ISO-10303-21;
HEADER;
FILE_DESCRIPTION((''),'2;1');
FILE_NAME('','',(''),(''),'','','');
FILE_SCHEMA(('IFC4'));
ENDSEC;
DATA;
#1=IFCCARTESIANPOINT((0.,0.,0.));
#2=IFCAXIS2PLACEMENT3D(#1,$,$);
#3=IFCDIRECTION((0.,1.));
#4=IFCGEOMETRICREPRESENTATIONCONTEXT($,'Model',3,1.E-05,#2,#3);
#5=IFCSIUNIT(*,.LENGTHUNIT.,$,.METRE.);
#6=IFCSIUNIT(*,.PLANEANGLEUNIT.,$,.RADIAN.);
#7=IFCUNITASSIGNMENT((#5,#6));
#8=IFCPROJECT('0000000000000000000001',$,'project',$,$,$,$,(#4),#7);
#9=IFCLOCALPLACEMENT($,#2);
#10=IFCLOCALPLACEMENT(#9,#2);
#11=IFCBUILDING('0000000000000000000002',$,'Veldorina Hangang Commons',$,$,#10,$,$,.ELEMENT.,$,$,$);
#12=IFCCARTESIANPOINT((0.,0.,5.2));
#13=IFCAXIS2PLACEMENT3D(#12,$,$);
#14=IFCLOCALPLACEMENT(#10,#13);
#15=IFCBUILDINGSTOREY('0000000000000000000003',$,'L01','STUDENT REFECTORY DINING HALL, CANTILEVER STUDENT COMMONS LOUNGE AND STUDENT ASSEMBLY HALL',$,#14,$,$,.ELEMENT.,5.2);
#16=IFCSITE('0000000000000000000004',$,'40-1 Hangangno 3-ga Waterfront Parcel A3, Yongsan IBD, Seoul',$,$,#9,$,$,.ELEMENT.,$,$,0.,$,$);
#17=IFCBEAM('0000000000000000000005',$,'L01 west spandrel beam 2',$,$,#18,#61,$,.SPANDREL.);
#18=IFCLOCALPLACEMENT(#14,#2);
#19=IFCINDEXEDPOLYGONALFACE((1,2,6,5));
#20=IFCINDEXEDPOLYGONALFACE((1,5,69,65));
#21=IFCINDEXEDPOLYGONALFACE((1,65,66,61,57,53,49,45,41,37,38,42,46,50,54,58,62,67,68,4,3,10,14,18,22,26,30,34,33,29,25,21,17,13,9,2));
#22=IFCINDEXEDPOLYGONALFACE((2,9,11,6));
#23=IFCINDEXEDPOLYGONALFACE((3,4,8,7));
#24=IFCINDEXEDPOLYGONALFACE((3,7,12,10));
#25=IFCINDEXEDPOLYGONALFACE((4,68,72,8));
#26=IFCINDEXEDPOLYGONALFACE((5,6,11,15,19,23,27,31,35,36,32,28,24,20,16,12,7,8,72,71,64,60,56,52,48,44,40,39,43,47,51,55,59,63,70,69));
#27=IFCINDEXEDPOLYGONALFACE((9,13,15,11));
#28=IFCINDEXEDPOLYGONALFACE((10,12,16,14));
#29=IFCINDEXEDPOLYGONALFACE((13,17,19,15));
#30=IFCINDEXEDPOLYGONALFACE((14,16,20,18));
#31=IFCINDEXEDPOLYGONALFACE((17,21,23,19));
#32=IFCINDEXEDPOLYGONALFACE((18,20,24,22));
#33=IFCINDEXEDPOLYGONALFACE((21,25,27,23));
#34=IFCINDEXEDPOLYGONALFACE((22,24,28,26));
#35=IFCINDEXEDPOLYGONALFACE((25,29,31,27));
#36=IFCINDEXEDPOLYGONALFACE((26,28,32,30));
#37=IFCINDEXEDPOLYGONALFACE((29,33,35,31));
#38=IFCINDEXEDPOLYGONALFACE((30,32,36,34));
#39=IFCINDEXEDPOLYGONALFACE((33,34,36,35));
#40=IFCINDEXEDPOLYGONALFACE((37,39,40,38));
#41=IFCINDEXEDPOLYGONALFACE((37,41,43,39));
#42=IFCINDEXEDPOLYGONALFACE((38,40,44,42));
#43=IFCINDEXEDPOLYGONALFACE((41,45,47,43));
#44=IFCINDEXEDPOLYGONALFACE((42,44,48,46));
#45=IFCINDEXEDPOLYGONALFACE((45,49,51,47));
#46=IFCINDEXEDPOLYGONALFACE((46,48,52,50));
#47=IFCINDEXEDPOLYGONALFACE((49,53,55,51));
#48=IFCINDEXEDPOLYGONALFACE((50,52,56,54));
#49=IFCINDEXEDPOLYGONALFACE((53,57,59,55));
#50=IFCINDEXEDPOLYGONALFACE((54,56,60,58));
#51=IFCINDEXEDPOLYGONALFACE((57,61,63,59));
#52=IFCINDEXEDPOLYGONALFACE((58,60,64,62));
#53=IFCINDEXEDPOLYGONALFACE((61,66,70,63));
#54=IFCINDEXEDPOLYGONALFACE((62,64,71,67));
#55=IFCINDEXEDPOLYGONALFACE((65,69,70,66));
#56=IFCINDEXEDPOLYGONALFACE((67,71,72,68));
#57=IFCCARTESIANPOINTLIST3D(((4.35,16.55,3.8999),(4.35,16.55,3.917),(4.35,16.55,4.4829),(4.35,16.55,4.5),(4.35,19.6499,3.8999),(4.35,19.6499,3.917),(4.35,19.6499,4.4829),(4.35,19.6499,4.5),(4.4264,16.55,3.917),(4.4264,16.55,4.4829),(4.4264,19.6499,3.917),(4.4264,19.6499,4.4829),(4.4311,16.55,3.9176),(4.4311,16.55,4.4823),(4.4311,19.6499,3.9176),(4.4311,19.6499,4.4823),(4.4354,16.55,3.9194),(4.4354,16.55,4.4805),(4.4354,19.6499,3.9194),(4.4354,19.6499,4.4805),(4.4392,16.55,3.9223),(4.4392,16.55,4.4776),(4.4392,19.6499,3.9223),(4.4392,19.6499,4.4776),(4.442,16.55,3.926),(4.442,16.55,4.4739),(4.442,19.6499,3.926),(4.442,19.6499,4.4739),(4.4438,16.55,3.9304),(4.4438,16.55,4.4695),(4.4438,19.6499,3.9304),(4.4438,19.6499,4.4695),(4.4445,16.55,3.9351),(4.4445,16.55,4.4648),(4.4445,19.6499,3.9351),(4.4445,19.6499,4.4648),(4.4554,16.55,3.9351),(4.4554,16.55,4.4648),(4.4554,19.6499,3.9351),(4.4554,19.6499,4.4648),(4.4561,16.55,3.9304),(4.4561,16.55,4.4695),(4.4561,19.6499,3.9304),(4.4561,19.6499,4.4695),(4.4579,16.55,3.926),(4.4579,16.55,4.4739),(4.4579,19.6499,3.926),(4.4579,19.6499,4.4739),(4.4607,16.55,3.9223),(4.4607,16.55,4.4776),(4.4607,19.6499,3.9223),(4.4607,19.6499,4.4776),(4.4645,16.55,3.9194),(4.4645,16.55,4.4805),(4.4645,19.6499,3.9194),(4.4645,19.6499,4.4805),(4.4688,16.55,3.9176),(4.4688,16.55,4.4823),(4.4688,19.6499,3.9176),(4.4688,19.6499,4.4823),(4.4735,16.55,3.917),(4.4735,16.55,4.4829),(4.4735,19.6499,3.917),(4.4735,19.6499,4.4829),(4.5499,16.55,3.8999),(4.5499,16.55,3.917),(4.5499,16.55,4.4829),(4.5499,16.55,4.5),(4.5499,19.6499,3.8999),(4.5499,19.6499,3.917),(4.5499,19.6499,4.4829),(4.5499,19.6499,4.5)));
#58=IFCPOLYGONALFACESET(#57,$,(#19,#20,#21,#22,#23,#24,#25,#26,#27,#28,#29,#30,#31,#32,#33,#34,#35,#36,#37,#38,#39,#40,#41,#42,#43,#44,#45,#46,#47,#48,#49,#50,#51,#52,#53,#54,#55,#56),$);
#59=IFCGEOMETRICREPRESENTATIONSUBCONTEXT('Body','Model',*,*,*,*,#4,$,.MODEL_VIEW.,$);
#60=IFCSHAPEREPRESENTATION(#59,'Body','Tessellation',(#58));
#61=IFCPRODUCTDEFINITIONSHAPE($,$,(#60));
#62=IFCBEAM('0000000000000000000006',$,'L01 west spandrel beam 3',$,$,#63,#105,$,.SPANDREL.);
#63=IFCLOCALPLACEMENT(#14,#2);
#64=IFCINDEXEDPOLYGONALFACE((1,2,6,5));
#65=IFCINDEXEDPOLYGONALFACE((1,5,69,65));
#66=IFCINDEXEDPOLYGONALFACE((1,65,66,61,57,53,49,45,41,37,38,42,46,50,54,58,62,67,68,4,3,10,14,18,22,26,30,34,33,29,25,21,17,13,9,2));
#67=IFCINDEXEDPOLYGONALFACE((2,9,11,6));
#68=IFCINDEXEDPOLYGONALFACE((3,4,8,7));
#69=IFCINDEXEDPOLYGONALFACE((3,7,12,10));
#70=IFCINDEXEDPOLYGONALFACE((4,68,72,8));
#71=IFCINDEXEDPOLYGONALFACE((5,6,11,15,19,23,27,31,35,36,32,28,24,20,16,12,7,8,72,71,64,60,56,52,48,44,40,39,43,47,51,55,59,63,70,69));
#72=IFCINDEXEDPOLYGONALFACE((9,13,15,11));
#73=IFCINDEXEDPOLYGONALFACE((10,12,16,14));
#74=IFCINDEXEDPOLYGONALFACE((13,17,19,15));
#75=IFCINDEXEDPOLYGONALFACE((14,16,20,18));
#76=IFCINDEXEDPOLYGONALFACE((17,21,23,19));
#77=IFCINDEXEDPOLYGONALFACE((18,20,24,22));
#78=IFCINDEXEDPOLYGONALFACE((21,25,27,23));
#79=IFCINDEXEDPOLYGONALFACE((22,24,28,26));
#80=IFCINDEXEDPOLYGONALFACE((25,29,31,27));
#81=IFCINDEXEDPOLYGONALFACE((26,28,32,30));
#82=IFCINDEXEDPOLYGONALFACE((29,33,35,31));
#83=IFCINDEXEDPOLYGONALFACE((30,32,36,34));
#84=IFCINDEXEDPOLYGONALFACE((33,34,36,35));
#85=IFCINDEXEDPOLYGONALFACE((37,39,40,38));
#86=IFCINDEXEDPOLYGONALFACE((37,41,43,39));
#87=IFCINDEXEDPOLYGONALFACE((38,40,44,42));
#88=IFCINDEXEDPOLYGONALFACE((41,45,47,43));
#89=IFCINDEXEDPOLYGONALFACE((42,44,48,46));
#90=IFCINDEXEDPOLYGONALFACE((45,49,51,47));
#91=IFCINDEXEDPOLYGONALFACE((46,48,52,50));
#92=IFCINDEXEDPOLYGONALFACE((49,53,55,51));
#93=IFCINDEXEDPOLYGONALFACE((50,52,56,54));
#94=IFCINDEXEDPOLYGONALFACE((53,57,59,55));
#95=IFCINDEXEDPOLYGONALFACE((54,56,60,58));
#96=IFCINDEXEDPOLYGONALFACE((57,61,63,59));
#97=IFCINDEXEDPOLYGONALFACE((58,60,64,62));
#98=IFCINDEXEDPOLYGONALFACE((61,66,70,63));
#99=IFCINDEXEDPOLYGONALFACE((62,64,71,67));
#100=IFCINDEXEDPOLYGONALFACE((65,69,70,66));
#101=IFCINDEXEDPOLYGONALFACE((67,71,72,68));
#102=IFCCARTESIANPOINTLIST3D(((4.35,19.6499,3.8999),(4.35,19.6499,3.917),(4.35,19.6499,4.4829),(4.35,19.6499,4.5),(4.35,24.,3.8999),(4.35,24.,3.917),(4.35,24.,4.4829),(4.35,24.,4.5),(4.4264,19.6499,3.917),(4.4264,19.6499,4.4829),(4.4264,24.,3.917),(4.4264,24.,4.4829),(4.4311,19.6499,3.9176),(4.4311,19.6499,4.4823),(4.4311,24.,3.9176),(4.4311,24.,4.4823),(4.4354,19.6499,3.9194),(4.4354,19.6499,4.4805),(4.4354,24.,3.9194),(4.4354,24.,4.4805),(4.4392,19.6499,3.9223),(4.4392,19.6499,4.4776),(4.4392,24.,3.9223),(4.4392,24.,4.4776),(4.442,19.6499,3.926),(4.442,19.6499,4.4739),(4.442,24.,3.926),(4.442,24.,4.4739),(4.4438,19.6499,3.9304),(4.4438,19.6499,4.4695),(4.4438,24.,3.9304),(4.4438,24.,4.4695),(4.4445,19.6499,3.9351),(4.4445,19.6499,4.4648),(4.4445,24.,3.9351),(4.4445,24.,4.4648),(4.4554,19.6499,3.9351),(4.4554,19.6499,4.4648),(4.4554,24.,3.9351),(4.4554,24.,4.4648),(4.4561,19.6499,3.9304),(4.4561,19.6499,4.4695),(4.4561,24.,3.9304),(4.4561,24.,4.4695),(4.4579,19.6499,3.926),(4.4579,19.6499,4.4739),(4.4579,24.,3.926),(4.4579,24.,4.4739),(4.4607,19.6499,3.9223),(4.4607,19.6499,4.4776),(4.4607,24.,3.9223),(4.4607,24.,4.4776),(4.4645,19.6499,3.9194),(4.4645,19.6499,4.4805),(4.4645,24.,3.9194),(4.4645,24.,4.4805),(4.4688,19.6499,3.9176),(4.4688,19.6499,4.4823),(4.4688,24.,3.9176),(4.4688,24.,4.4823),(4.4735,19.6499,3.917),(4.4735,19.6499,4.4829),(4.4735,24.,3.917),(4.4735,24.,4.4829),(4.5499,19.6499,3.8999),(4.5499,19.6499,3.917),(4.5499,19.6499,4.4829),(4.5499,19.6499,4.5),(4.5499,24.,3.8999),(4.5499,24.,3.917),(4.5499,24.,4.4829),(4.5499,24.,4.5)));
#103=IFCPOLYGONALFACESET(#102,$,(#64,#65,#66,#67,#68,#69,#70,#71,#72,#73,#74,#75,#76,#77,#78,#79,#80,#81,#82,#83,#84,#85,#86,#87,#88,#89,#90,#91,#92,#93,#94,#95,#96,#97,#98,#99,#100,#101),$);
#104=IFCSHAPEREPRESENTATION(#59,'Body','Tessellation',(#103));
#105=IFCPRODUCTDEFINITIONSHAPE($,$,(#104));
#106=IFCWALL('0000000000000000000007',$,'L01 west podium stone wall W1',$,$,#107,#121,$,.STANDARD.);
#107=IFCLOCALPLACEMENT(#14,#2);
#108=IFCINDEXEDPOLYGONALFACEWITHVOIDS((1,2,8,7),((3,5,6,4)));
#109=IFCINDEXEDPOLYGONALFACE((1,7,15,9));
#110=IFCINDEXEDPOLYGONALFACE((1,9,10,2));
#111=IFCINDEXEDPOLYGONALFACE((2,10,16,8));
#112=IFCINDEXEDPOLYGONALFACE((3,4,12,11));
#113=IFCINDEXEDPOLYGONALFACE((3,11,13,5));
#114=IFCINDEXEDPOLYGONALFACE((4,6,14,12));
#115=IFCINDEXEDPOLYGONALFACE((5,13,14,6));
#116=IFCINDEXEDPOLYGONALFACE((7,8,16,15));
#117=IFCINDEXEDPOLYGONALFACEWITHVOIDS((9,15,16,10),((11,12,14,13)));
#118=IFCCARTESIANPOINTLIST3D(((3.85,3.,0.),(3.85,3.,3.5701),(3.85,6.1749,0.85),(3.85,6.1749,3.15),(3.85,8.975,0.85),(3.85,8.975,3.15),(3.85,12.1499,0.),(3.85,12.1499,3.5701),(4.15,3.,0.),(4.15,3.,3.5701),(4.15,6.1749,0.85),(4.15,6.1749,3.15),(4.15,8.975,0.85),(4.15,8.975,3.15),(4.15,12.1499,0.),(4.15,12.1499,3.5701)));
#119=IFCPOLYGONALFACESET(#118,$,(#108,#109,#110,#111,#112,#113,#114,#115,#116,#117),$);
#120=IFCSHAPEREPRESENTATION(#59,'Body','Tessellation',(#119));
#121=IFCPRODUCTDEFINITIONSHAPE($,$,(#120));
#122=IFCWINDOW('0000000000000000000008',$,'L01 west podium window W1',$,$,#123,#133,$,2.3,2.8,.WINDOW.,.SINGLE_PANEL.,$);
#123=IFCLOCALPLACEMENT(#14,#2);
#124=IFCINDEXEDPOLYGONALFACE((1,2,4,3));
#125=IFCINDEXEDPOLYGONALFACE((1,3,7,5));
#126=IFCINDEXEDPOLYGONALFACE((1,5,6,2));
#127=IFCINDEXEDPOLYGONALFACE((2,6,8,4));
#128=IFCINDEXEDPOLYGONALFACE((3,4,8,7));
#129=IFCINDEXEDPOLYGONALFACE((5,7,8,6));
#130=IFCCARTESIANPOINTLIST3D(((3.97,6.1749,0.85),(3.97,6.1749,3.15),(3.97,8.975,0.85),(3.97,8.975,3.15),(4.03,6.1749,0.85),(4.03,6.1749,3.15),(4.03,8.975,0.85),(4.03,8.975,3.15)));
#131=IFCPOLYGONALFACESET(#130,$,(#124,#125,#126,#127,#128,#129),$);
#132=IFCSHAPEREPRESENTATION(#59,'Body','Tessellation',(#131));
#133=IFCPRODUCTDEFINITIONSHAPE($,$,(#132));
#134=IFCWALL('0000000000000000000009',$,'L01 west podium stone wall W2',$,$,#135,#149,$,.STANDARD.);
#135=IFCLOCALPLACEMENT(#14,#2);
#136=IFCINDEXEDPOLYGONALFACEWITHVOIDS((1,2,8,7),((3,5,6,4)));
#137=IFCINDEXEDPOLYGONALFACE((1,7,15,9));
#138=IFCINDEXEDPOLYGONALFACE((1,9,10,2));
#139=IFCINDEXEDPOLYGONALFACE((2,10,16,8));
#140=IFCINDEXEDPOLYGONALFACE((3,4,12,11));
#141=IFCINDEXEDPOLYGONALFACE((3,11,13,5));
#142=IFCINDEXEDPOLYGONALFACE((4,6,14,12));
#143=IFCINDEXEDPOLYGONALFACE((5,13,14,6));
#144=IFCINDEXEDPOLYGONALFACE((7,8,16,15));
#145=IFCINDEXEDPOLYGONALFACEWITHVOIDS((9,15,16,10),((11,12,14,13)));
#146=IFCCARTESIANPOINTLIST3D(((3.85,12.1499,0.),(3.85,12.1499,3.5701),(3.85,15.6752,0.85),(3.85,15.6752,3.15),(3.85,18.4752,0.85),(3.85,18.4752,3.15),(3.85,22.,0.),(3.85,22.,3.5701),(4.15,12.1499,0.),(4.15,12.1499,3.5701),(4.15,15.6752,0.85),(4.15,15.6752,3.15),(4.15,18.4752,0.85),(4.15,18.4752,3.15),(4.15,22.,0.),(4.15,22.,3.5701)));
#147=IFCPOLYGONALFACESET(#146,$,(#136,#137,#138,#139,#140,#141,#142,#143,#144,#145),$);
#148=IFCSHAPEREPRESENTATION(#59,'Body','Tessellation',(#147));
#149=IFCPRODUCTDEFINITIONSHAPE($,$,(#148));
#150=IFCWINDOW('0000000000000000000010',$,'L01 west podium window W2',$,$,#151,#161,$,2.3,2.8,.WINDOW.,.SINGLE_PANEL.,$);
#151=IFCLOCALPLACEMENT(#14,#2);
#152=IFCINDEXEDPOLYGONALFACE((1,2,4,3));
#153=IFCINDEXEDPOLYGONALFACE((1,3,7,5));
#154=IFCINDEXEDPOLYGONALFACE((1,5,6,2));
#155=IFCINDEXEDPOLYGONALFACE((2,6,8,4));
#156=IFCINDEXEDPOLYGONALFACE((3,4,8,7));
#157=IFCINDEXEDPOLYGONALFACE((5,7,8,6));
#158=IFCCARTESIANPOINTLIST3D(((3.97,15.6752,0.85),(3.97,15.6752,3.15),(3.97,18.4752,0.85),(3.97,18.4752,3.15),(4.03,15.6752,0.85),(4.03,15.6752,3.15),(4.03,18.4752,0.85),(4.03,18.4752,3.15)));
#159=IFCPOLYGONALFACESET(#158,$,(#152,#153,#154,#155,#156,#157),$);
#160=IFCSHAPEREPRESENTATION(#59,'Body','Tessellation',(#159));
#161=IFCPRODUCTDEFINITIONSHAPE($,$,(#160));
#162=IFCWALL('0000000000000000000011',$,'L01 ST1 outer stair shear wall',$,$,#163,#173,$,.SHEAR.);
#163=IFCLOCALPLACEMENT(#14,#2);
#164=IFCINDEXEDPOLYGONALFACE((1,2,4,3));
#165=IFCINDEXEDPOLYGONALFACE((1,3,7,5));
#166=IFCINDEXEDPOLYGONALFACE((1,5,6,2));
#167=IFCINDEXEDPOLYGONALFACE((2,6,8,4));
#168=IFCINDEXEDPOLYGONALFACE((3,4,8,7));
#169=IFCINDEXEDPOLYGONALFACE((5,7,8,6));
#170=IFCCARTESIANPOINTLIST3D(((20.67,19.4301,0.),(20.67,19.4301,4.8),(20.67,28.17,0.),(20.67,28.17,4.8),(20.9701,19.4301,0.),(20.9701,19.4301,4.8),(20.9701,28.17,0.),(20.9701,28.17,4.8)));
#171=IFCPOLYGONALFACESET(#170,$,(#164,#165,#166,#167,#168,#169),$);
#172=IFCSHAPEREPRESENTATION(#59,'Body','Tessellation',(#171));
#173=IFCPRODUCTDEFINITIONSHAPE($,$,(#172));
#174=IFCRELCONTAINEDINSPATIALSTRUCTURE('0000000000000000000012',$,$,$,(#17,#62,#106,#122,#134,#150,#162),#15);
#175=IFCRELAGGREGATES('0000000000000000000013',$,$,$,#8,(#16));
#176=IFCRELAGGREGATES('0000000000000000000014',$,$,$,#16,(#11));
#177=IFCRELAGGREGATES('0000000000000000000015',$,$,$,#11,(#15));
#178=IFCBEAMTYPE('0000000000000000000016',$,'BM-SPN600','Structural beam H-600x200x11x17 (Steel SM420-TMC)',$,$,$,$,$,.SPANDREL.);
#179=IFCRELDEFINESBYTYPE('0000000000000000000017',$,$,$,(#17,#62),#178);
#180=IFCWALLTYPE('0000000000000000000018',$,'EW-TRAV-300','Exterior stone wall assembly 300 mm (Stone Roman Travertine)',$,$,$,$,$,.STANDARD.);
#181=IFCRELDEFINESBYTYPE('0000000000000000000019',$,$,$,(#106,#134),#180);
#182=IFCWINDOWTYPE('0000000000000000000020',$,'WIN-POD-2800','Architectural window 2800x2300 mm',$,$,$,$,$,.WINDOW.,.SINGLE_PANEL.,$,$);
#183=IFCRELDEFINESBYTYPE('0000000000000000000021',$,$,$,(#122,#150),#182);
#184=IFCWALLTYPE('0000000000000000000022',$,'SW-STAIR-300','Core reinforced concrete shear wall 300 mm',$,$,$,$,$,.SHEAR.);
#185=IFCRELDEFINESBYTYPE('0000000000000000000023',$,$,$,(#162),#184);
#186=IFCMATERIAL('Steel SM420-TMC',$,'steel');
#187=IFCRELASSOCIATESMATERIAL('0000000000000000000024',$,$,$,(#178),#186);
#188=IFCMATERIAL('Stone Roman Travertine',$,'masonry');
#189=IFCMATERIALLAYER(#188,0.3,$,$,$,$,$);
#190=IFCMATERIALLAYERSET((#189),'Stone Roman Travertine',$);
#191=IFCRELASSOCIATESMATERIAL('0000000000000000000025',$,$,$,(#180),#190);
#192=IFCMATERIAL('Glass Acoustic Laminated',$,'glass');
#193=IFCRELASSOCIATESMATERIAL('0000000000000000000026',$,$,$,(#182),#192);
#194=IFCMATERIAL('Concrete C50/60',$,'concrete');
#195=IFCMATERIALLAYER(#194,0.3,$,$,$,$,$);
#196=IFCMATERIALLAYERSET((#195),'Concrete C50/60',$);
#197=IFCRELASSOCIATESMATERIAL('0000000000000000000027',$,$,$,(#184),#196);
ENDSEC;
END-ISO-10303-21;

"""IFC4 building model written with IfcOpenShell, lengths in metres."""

from ifc_helpers import new_model, si_unit, direction, frame, frame_2d, origin, origin_2d, place, context, subcontext, project, spatial, rectangle, i_section, extrude, material, layer, layer_set, material_profile, profile_set, type_object, element, fill, save


model = new_model("IFC4")

# Units and contexts
model_context = context("Model", 3, precision=1e-05, world=origin(), true_north=direction((0.0, 1.0)))
body_context = subcontext(model_context, "Body", "Model", "MODEL_VIEW")
ifc_project = project(units=[si_unit("LENGTHUNIT", "METRE"), si_unit("PLANEANGLEUNIT", "RADIAN")], contexts=[model_context])

# Site, building, storey
site_placement = place(None, origin())
site = spatial("IfcSite", under=ifc_project, at=site_placement, Name="40-1 Hangangno 3-ga Waterfront Parcel A3, Yongsan IBD, Seoul", CompositionType="ELEMENT", RefElevation=0.0)
building_placement = place(site_placement, origin())
building = spatial("IfcBuilding", under=site, at=building_placement, Name="Veldorina Hangang Commons", CompositionType="ELEMENT")
storey_placement = place(building_placement, frame((0.0, 0.0, 5.2)))
storey = spatial("IfcBuildingStorey", under=building, at=storey_placement, Name="L01", Description="STUDENT REFECTORY DINING HALL, CANTILEVER STUDENT COMMONS LOUNGE AND STUDENT ASSEMBLY HALL", CompositionType="ELEMENT", Elevation=5.2)

# Beams
ifc_material_1 = material(Name="Steel SM420-TMC", Category="steel")
ifc_material_profile_1 = material_profile(ifc_material_1, i_section(OverallWidth=0.2, OverallDepth=0.6001, WebThickness=0.011, FlangeThickness=0.0171, FilletRadius=0.0181, at=origin_2d()), Name="H-600x200x11x17")
ifc_profile_set_1 = profile_set([ifc_material_profile_1], Name="Steel SM420-TMC")
beam_type_1 = type_object("IfcBeamType", Name="BM-SPN600", Description="Structural beam H-600x200x11x17 (Steel SM420-TMC)", PredefinedType="SPANDREL", material=ifc_profile_set_1)
beam_1_placement = place(storey_placement, frame((4.45, 16.55, 4.2), z_axis=(0.0, 1.0, 0.0), x_axis=(-1.0, 0.0, 0.0)))
element("IfcBeam", 1, at=beam_1_placement, inside=storey, type_object=beam_type_1, Name="L01 west spandrel beam 2", PredefinedType="SPANDREL", context=body_context, shape_type="SweptSolid", body=[
    extrude(i_section(OverallWidth=0.2, OverallDepth=0.6001, WebThickness=0.011, FlangeThickness=0.0171, FilletRadius=0.0181, at=origin_2d()), origin(), (0.0, 0.0, 1.0), 3.0999),
])
beam_2_placement = place(storey_placement, frame((4.45, 19.6499, 4.2), z_axis=(0.0, 1.0, 0.0), x_axis=(-1.0, 0.0, 0.0)))
element("IfcBeam", 2, at=beam_2_placement, inside=storey, type_object=beam_type_1, Name="L01 west spandrel beam 3", PredefinedType="SPANDREL", context=body_context, shape_type="SweptSolid", body=[
    extrude(i_section(OverallWidth=0.2, OverallDepth=0.6001, WebThickness=0.011, FlangeThickness=0.0171, FilletRadius=0.0181, at=origin_2d()), origin(), (0.0, 0.0, 1.0), 4.3501),
])

# Walls, openings, windows
ifc_material_2 = material(Name="Stone Roman Travertine", Category="masonry")
ifc_layer_1 = layer(ifc_material_2, 0.3)
ifc_layer_set_1 = layer_set([ifc_layer_1], Name="Stone Roman Travertine")
wall_type_1 = type_object("IfcWallType", Name="EW-TRAV-300", Description="Exterior stone wall assembly 300 mm (Stone Roman Travertine)", PredefinedType="STANDARD", material=ifc_layer_set_1)
wall_1_placement = place(storey_placement, frame((4.0, 12.1499, 0.0), z_axis=(0.0, 0.0, 1.0), x_axis=(0.0, -1.0, 0.0)))
wall_1 = element("IfcWall", 3, at=wall_1_placement, inside=storey, type_object=wall_type_1, Name="L01 west podium stone wall W1", PredefinedType="STANDARD", context=body_context, shape_type="SweptSolid", body=[
    extrude(rectangle(XDim=9.1499, YDim=0.3, at=frame_2d((4.575, 0.0))), origin(), (0.0, 0.0, 1.0), 3.5701),
])
opening_1_placement = place(wall_1_placement, frame((3.175, 0.0, 0.8501)))
opening_1 = element("IfcOpeningElement", 4, at=opening_1_placement, cuts=wall_1, PredefinedType="OPENING", context=body_context, shape_type="SweptSolid", body=[
    extrude(rectangle(XDim=2.8, YDim=2.3, at=frame_2d((1.3999, 1.1499))), frame((0.0, 0.1602, 0.0), z_axis=(0.0, -1.0, 0.0), x_axis=(1.0, 0.0, 0.0)), (0.0, 0.0, 1.0), 0.3201),
])
ifc_material_3 = material(Name="Glass Acoustic Laminated", Category="glass")
window_type = type_object("IfcWindowType", Name="WIN-POD-2800", Description="Architectural window 2800x2300 mm", PartitioningType="SINGLE_PANEL", PredefinedType="WINDOW", material=ifc_material_3)
window_1_placement = place(opening_1_placement, origin())
window_1 = element("IfcWindow", 5, at=window_1_placement, inside=storey, type_object=window_type, Name="L01 west podium window W1", OverallHeight=2.3, OverallWidth=2.8, PartitioningType="SINGLE_PANEL", PredefinedType="WINDOW", context=body_context, shape_type="SweptSolid", body=[
    extrude(rectangle(XDim=2.8, YDim=2.3, at=frame_2d((1.3999, 1.1499))), frame((0.0, 0.03, 0.0), z_axis=(0.0, -1.0, 0.0), x_axis=(1.0, 0.0, 0.0)), (0.0, 0.0, 1.0), 0.0601),
])
fill(opening_1, window_1)
wall_2_placement = place(storey_placement, frame((4.0, 22.0, 0.0), z_axis=(0.0, 0.0, 1.0), x_axis=(0.0, -1.0, 0.0)))
wall_2 = element("IfcWall", 6, at=wall_2_placement, inside=storey, type_object=wall_type_1, Name="L01 west podium stone wall W2", PredefinedType="STANDARD", context=body_context, shape_type="SweptSolid", body=[
    extrude(rectangle(XDim=9.8501, YDim=0.3, at=frame_2d((4.925, 0.0))), origin(), (0.0, 0.0, 1.0), 3.5701),
])
opening_2_placement = place(wall_2_placement, frame((3.5249, 0.0, 0.8501)))
opening_2 = element("IfcOpeningElement", 7, at=opening_2_placement, cuts=wall_2, PredefinedType="OPENING", context=body_context, shape_type="SweptSolid", body=[
    extrude(rectangle(XDim=2.8, YDim=2.3, at=frame_2d((1.3999, 1.1499))), frame((0.0, 0.1602, 0.0), z_axis=(0.0, -1.0, 0.0), x_axis=(1.0, 0.0, 0.0)), (0.0, 0.0, 1.0), 0.3201),
])
window_2_placement = place(opening_2_placement, origin())
window_2 = element("IfcWindow", 8, at=window_2_placement, inside=storey, type_object=window_type, Name="L01 west podium window W2", OverallHeight=2.3, OverallWidth=2.8, PartitioningType="SINGLE_PANEL", PredefinedType="WINDOW", context=body_context, shape_type="SweptSolid", body=[
    extrude(rectangle(XDim=2.8, YDim=2.3, at=frame_2d((1.3999, 1.1499))), frame((0.0, 0.03, 0.0), z_axis=(0.0, -1.0, 0.0), x_axis=(1.0, 0.0, 0.0)), (0.0, 0.0, 1.0), 0.0601),
])
fill(opening_2, window_2)

# Wall
ifc_material_4 = material(Name="Concrete C50/60", Category="concrete")
ifc_layer_2 = layer(ifc_material_4, 0.3)
ifc_layer_set_2 = layer_set([ifc_layer_2], Name="Concrete C50/60")
wall_type_2 = type_object("IfcWallType", Name="SW-STAIR-300", Description="Core reinforced concrete shear wall 300 mm", PredefinedType="SHEAR", material=ifc_layer_set_2)
wall_3_placement = place(storey_placement, frame((20.8201, 19.4299, 0.0), z_axis=(0.0, 0.0, 1.0), x_axis=(0.0, 1.0, 0.0)))
element("IfcWall", 9, at=wall_3_placement, inside=storey, type_object=wall_type_2, Name="L01 ST1 outer stair shear wall", PredefinedType="SHEAR", context=body_context, shape_type="SweptSolid", body=[
    extrude(rectangle(XDim=8.74, YDim=0.3, at=frame_2d((4.3701, 0.0))), origin(), (0.0, 0.0, 1.0), 4.8),
])

save(model, "model.ifc")
